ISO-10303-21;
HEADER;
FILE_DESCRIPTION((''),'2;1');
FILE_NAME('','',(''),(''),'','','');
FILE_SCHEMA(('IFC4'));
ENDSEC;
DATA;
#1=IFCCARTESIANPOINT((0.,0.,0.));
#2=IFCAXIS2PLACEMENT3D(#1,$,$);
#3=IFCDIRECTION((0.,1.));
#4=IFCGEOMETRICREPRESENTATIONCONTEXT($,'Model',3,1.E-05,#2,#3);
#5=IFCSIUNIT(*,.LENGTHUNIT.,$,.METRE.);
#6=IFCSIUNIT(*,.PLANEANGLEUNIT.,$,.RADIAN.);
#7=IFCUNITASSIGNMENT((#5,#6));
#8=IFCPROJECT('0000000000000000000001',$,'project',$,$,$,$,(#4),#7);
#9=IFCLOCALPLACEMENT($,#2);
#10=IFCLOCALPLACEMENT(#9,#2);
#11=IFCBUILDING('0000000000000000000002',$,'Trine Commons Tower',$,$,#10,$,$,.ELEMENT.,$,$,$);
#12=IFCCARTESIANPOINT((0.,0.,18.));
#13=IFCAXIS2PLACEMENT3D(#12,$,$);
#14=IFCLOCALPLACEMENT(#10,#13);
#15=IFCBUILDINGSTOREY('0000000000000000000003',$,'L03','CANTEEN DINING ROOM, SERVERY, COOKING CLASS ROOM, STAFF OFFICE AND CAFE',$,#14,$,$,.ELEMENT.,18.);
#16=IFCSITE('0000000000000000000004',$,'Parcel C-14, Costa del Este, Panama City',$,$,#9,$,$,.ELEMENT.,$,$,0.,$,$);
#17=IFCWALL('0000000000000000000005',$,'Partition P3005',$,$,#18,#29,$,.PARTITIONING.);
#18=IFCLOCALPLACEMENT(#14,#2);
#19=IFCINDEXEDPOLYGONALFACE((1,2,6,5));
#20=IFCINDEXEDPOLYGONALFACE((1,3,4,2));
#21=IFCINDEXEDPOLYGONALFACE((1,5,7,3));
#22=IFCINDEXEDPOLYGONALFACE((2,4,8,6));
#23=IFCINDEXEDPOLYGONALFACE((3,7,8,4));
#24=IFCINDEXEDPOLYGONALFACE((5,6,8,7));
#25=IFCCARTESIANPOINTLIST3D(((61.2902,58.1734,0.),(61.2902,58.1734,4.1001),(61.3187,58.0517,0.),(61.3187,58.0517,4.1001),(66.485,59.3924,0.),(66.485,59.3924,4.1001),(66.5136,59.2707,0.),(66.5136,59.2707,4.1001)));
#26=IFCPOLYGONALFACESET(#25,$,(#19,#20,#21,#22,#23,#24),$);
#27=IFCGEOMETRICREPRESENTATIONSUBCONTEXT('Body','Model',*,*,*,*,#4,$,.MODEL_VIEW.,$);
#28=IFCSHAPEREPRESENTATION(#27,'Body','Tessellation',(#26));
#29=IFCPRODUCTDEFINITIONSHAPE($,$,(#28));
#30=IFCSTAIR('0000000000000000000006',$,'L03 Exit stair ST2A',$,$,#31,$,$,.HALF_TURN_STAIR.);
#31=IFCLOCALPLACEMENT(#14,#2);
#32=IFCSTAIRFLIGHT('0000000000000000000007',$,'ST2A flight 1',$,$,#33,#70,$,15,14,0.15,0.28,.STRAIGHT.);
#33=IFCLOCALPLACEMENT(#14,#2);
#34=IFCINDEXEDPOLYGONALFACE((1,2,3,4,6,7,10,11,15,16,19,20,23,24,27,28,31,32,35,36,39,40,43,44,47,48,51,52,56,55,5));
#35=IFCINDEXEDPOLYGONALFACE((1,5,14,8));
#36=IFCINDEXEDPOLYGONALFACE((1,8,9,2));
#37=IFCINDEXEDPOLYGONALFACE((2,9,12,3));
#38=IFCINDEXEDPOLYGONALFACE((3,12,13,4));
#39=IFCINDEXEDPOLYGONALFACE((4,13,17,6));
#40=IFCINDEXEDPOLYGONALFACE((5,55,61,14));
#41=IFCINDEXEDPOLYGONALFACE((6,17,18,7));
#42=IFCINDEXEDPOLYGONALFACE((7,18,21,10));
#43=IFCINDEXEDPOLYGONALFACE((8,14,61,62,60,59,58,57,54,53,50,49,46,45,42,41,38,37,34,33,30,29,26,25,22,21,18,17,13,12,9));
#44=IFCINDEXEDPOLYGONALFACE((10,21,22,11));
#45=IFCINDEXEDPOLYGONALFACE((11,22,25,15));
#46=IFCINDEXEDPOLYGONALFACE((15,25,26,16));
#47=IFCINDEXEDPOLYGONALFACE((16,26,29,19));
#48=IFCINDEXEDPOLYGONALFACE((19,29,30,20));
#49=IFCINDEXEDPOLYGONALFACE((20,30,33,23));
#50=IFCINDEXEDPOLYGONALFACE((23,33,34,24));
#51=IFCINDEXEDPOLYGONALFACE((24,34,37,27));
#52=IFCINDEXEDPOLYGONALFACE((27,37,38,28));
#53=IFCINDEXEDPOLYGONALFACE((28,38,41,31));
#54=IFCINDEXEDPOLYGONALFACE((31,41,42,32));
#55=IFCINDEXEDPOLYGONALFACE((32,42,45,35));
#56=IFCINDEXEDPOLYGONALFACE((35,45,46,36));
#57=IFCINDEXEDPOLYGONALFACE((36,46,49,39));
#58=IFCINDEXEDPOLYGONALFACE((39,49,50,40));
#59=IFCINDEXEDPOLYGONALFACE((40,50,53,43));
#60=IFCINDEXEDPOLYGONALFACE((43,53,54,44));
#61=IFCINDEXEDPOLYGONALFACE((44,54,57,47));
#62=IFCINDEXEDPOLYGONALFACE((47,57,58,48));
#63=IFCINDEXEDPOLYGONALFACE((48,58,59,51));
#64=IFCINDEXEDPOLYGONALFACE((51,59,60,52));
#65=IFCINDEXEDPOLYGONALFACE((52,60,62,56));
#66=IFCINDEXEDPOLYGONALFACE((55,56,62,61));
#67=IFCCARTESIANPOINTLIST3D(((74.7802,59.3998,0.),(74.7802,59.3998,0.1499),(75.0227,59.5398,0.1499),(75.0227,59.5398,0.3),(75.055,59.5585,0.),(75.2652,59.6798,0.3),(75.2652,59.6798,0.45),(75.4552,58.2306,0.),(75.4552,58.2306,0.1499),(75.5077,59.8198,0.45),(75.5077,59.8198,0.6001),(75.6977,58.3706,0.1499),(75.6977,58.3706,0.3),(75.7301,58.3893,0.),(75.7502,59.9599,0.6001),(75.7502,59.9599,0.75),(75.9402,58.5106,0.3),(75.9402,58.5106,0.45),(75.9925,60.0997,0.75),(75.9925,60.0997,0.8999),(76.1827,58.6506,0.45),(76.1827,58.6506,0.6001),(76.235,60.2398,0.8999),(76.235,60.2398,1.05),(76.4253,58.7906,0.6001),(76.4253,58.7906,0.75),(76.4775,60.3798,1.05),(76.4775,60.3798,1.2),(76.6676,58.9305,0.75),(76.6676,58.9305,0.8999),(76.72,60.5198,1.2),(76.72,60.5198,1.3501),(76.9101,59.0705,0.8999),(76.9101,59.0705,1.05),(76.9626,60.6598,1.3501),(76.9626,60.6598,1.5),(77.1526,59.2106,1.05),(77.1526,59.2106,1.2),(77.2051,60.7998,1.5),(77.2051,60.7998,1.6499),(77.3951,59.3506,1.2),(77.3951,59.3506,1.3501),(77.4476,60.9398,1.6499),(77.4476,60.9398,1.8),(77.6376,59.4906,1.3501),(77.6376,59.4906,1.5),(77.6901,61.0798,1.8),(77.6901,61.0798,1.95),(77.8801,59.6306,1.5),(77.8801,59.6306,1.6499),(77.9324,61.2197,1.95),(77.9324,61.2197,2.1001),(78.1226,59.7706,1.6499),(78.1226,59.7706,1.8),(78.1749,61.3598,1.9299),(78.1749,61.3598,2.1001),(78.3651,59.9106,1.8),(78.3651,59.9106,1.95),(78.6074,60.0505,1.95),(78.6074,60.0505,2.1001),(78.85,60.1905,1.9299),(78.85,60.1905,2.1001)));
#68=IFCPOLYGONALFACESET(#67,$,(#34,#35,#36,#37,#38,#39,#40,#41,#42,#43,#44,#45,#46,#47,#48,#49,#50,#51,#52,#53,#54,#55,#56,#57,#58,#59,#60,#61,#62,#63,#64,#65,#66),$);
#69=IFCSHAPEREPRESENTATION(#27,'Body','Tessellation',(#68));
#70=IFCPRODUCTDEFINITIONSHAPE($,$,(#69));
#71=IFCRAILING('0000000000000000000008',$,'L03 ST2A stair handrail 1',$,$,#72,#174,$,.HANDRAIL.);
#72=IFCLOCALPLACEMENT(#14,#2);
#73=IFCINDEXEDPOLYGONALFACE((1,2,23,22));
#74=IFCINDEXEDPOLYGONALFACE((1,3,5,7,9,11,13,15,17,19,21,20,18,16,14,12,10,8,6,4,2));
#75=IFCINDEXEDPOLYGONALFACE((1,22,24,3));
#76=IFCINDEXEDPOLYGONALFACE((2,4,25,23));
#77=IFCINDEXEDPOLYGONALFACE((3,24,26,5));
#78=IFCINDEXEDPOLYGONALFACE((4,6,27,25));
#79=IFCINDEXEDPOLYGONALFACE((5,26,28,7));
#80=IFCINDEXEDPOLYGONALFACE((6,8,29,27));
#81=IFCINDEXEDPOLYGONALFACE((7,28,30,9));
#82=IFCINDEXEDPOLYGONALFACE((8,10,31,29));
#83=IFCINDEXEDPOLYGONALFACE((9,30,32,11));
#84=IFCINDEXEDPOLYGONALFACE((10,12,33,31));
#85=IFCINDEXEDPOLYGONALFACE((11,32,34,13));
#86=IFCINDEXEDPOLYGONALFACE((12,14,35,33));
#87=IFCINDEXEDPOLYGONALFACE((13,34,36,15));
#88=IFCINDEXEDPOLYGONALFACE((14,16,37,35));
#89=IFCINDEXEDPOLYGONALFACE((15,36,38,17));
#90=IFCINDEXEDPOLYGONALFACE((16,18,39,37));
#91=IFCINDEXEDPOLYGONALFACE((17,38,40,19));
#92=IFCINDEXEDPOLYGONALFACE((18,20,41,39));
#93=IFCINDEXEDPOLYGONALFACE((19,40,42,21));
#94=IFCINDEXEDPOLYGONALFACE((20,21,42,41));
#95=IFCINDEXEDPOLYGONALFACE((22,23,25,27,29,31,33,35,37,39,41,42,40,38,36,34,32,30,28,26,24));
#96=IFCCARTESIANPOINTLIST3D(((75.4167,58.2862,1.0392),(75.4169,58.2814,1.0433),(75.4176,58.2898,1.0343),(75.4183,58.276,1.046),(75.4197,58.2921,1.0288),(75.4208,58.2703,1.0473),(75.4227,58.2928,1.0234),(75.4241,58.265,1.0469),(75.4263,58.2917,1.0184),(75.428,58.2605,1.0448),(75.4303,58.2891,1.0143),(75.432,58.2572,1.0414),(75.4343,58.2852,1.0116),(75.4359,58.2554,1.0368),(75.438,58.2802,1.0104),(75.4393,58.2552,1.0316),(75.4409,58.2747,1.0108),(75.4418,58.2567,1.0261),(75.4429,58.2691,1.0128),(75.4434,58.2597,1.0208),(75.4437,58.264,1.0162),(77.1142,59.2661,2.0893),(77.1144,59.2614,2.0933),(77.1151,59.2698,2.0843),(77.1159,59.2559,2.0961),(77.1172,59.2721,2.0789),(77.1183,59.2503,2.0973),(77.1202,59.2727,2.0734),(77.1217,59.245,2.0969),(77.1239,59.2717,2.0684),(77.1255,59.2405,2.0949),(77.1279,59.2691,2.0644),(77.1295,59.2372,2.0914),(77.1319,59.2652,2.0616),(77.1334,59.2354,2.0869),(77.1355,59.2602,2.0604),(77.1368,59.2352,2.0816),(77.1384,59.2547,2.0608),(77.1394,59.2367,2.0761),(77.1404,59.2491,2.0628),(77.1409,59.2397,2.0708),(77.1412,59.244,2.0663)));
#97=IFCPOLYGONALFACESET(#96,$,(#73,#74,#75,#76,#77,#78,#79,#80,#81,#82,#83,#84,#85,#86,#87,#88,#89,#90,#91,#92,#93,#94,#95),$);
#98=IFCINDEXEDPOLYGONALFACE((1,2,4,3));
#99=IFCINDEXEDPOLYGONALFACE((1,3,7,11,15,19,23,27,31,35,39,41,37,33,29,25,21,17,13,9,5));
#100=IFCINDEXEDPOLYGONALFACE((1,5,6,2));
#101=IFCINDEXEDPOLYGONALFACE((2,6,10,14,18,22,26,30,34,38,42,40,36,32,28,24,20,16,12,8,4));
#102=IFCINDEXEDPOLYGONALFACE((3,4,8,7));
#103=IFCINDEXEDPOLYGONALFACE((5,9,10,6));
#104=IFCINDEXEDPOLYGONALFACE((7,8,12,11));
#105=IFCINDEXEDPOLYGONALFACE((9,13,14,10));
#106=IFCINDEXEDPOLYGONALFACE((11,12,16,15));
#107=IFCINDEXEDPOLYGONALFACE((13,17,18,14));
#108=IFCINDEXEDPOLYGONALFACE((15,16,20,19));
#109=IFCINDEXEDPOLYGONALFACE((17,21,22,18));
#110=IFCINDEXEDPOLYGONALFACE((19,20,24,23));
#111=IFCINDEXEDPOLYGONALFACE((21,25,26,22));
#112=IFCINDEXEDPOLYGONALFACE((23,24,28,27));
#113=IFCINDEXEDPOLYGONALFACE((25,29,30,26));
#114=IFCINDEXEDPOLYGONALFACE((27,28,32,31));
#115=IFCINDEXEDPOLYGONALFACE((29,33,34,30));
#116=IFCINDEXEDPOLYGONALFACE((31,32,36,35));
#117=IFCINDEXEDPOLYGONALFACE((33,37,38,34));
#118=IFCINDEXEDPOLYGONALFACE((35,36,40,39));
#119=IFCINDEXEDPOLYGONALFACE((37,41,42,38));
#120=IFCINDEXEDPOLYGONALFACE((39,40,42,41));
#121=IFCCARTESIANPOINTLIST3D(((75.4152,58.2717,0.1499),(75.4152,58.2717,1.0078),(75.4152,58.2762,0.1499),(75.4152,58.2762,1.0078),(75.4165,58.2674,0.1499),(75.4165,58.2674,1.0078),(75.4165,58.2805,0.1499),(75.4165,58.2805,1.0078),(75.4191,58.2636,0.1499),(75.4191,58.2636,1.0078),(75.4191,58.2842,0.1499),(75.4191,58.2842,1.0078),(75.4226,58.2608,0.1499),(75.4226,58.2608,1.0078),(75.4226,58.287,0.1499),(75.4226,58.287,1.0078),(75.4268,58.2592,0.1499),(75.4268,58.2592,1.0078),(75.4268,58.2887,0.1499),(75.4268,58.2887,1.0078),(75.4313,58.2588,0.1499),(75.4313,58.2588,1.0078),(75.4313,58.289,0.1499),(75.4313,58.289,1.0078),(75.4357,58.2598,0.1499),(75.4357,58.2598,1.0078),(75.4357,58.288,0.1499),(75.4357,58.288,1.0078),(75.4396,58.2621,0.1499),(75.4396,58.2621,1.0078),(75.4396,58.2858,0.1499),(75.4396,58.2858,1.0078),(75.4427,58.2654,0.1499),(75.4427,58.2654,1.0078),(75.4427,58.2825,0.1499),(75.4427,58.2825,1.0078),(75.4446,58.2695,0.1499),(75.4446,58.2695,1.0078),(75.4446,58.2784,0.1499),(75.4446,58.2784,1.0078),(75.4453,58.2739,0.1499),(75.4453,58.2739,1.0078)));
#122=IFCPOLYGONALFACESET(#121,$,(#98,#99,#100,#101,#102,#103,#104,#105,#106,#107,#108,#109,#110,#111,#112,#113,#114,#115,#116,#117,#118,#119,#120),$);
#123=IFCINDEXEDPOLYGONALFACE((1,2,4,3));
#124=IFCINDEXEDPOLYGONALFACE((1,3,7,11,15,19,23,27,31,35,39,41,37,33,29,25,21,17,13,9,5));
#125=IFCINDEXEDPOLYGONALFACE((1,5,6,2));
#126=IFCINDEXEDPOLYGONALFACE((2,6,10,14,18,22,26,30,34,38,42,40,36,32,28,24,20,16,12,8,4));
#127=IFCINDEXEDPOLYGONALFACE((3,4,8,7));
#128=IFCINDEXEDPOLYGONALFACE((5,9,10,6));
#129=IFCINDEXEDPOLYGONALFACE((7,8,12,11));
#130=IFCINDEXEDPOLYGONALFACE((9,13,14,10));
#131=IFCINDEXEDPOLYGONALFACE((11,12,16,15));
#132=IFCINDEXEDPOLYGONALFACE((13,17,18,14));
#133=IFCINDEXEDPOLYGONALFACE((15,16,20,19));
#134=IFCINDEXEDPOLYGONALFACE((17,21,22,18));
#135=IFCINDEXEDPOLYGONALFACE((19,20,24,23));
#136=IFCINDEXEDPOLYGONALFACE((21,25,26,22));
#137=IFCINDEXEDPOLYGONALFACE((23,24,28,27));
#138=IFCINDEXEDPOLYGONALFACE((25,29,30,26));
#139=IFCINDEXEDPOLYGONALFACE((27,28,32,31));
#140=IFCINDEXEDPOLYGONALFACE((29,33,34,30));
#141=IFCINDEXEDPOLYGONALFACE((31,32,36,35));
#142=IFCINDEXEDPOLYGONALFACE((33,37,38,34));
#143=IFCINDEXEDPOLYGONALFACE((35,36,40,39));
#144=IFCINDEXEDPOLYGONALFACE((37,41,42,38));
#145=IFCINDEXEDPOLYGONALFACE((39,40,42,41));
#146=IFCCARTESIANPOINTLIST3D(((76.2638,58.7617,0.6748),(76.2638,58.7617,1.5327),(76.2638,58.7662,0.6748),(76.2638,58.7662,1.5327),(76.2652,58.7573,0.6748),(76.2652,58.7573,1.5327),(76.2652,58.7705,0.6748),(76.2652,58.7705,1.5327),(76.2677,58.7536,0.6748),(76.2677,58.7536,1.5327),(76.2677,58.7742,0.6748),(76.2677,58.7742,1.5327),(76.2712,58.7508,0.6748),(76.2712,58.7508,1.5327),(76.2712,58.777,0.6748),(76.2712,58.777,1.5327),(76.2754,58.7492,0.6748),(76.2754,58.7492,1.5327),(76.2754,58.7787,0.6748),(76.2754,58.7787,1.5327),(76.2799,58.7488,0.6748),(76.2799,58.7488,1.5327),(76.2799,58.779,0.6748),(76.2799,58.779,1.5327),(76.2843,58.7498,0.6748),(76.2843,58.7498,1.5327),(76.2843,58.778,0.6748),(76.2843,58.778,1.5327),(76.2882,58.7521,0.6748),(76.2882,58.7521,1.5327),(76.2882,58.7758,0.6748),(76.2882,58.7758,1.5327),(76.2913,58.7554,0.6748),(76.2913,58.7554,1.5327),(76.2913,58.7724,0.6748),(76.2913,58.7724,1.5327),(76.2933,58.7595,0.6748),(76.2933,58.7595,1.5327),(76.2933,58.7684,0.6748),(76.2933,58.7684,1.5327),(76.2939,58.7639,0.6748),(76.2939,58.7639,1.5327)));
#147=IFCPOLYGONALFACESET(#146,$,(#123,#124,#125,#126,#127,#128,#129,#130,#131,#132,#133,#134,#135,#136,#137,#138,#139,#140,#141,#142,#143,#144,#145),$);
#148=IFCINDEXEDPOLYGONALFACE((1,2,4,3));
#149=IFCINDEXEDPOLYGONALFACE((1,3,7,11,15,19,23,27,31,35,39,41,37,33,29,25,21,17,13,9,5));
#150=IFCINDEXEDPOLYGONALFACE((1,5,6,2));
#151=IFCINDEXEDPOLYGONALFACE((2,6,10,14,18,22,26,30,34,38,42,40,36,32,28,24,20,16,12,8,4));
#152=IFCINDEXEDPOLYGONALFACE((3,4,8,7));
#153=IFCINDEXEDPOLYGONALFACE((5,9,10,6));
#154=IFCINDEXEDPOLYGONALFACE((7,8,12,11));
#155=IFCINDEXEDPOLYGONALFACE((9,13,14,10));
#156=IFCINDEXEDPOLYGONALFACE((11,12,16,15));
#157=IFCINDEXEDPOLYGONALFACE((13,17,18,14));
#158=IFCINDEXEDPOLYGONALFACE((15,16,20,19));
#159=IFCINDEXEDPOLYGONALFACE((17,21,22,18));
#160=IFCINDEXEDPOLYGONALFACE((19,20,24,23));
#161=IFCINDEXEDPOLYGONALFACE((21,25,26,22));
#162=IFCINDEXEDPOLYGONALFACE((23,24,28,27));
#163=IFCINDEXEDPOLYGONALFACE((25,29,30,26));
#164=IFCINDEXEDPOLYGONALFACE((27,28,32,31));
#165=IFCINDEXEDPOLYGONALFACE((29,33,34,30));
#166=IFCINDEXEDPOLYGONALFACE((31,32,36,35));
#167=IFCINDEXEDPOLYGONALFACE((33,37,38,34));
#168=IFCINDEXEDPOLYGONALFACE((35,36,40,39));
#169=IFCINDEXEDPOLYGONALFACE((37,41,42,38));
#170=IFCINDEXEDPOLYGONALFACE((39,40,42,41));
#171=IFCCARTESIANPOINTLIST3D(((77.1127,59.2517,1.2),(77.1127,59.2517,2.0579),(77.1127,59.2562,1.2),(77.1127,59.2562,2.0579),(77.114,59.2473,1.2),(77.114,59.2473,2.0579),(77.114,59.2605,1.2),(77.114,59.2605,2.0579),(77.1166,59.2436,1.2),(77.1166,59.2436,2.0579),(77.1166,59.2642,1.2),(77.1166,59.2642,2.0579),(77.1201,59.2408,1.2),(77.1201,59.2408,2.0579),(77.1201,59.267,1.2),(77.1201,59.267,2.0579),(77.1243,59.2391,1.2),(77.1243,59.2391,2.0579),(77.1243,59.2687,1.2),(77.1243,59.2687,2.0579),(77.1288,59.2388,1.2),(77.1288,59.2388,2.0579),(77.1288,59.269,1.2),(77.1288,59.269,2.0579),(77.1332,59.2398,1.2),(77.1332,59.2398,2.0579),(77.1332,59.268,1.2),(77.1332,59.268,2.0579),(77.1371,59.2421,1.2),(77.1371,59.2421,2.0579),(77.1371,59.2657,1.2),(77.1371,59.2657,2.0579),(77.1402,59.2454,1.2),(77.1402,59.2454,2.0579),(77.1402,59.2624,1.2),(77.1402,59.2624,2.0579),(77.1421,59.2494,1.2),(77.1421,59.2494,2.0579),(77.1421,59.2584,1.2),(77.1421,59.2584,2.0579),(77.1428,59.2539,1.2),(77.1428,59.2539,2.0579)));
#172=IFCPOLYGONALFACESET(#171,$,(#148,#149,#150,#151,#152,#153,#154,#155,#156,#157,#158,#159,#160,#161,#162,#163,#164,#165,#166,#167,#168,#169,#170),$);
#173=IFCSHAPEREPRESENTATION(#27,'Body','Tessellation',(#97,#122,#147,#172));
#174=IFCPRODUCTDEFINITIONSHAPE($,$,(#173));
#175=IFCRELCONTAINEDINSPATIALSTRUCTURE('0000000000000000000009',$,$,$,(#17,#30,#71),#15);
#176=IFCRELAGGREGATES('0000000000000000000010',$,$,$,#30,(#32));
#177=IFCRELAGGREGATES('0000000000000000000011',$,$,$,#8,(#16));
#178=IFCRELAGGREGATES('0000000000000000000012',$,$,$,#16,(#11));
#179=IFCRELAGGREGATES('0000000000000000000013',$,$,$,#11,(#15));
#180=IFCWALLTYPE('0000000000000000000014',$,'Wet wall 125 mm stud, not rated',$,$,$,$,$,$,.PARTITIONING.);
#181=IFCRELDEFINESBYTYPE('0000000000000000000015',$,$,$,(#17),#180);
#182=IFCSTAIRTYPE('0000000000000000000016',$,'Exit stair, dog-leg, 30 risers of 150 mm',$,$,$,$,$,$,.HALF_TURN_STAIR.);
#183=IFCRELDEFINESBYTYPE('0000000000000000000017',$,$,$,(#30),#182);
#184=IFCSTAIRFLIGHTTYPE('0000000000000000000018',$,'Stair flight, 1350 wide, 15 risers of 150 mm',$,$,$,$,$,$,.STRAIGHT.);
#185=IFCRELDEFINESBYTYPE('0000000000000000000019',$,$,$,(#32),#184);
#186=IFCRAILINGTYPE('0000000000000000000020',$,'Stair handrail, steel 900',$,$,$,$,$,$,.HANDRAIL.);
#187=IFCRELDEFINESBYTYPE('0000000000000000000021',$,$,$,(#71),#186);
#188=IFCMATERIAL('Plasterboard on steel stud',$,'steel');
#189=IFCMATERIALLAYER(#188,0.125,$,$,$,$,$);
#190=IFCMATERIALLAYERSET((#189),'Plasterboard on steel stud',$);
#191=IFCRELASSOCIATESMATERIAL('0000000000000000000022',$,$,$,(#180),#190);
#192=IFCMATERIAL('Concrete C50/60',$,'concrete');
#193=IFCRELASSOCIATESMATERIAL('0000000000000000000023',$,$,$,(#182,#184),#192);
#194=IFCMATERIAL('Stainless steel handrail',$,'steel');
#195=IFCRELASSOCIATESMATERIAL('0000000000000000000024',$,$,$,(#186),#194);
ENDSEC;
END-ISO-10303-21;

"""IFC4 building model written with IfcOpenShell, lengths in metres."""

from ifc_helpers import new_model, si_unit, direction, frame, frame_2d, origin, origin_2d, place, context, subcontext, project, spatial, polyline, rectangle, circle, outline, extrude, material, layer, layer_set, type_object, element, aggregate, save


model = new_model("IFC4")

# Units and contexts
model_context = context("Model", 3, precision=1e-05, world=origin(), true_north=direction((0.0, 1.0)))
body_context = subcontext(model_context, "Body", "Model", "MODEL_VIEW")
ifc_project = project(units=[si_unit("LENGTHUNIT", "METRE"), si_unit("PLANEANGLEUNIT", "RADIAN")], contexts=[model_context])

# Site, building, storey
site_placement = place(None, origin())
site = spatial("IfcSite", under=ifc_project, at=site_placement, Name="Parcel C-14, Costa del Este, Panama City", CompositionType="ELEMENT", RefElevation=0.0)
building_placement = place(site_placement, origin())
building = spatial("IfcBuilding", under=site, at=building_placement, Name="Trine Commons Tower", CompositionType="ELEMENT")
storey_placement = place(building_placement, frame((0.0, 0.0, 18.0)))
storey = spatial("IfcBuildingStorey", under=building, at=storey_placement, Name="L03", Description="CANTEEN DINING ROOM, SERVERY, COOKING CLASS ROOM, STAFF OFFICE AND CAFE", CompositionType="ELEMENT", Elevation=18.0)

# Shared definitions
ifc_material_1 = material(Name="Concrete C50/60", Category="concrete")

# Shared definitions
ifc_material_2 = material(Name="Plasterboard on steel stud", Category="steel")

# Wall
ifc_layer_1 = layer(ifc_material_2, 0.125)
ifc_layer_set_1 = layer_set([ifc_layer_1], Name="Plasterboard on steel stud")
wall_type_1 = type_object("IfcWallType", Name="Wet wall 125 mm stud, not rated", PredefinedType="PARTITIONING", material=ifc_layer_set_1)
wall_1_placement = place(storey_placement, frame((61.3044, 58.1125, 0.0), z_axis=(0.0, 0.0, 1.0), x_axis=(0.973556, 0.22845, 0.0)))
element("IfcWall", 1, at=wall_1_placement, inside=storey, type_object=wall_type_1, Name="Partition P3005", PredefinedType="PARTITIONING", context=body_context, shape_type="SweptSolid", body=[
    extrude(rectangle(XDim=5.3359, YDim=0.125, at=frame_2d((2.668, 0.0))), origin(), (0.0, 0.0, 1.0), 4.1001),
])

# Stair, stair flight
stair_type = type_object("IfcStairType", Name="Exit stair, dog-leg, 30 risers of 150 mm", PredefinedType="HALF_TURN_STAIR", material=ifc_material_1)
stair_placement = place(storey_placement, origin())
stair = element("IfcStair", 2, at=stair_placement, inside=storey, type_object=stair_type, Name="L03 Exit stair ST2A", PredefinedType="HALF_TURN_STAIR")
stair_flight_type = type_object("IfcStairFlightType", Name="Stair flight, 1350 wide, 15 risers of 150 mm", PredefinedType="STRAIGHT", material=ifc_material_1)
stair_flight_placement = place(storey_placement, frame((75.1177, 58.8152, 0.0), z_axis=(0.0, 0.0, 1.0), x_axis=(0.866025, 0.5, 0.0)))
stair_flight = element("IfcStairFlight", 3, at=stair_flight_placement, type_object=stair_flight_type, Name="ST2A flight 1", NumberOfRisers=15, NumberOfTreads=14, PredefinedType="STRAIGHT", RiserHeight=0.15, TreadLength=0.28, context=body_context, shape_type="SweptSolid", body=[
    extrude(outline(polyline([(0.0, 0.0), (0.0, 0.1499), (0.28, 0.1499), (0.28, 0.3), (0.5601, 0.3), (0.5601, 0.45), (0.8401, 0.45), (0.8401, 0.6001), (1.1201, 0.6001), (1.1201, 0.75), (1.3999, 0.75), (1.3999, 0.8999), (1.6799, 0.8999), (1.6799, 1.05), (1.96, 1.05), (1.96, 1.2), (2.24, 1.2), (2.24, 1.3501), (2.52, 1.3501), (2.52, 1.5), (2.8, 1.5), (2.8, 1.6499), (3.0801, 1.6499), (3.0801, 1.8), (3.3601, 1.8), (3.3601, 1.95), (3.6399, 1.95), (3.6399, 2.1001), (3.9199, 2.1001), (3.9199, 2.25), (3.9199, 1.9299), (0.3174, 0.0), (0.0, 0.0)])), frame((0.0, 0.675, 0.0), z_axis=(0.0, -1.0, 0.0), x_axis=(1.0, 0.0, 0.0)), (0.0, 0.0, 1.0), 1.3501),
])
aggregate(stair, [stair_flight])

# Railing
ifc_material_3 = material(Name="Stainless steel handrail", Category="steel")
railing_type = type_object("IfcRailingType", Name="Stair handrail, steel 900", PredefinedType="HANDRAIL", material=ifc_material_3)
railing_1_placement = place(storey_placement, frame((75.4302, 58.2739, 0.1499)))
element("IfcRailing", 4, at=railing_1_placement, inside=storey, type_object=railing_type, Name="L03 ST2A stair handrail 1", PredefinedType="HANDRAIL", context=body_context, shape_type="SweptSolid", body=[
    extrude(circle(Radius=0.021, at=origin_2d()), frame((0.0, 0.0, 0.8789), z_axis=(0.763398, 0.440713, 0.472224), x_axis=(-0.49997, 0.866042, 0.0)), (0.0, 0.0, 1.0), 2.2236),
    extrude(circle(Radius=0.0151, at=origin_2d()), origin(), (0.0, 0.0, 1.0), 0.8579),
    extrude(circle(Radius=0.0151, at=origin_2d()), frame((0.8486, 0.49, 0.5249)), (0.0, 0.0, 1.0), 0.8579),
    extrude(circle(Radius=0.0151, at=origin_2d()), frame((1.6975, 0.98, 1.05)), (0.0, 0.0, 1.0), 0.8579),
])

save(model, "model.ifc")
